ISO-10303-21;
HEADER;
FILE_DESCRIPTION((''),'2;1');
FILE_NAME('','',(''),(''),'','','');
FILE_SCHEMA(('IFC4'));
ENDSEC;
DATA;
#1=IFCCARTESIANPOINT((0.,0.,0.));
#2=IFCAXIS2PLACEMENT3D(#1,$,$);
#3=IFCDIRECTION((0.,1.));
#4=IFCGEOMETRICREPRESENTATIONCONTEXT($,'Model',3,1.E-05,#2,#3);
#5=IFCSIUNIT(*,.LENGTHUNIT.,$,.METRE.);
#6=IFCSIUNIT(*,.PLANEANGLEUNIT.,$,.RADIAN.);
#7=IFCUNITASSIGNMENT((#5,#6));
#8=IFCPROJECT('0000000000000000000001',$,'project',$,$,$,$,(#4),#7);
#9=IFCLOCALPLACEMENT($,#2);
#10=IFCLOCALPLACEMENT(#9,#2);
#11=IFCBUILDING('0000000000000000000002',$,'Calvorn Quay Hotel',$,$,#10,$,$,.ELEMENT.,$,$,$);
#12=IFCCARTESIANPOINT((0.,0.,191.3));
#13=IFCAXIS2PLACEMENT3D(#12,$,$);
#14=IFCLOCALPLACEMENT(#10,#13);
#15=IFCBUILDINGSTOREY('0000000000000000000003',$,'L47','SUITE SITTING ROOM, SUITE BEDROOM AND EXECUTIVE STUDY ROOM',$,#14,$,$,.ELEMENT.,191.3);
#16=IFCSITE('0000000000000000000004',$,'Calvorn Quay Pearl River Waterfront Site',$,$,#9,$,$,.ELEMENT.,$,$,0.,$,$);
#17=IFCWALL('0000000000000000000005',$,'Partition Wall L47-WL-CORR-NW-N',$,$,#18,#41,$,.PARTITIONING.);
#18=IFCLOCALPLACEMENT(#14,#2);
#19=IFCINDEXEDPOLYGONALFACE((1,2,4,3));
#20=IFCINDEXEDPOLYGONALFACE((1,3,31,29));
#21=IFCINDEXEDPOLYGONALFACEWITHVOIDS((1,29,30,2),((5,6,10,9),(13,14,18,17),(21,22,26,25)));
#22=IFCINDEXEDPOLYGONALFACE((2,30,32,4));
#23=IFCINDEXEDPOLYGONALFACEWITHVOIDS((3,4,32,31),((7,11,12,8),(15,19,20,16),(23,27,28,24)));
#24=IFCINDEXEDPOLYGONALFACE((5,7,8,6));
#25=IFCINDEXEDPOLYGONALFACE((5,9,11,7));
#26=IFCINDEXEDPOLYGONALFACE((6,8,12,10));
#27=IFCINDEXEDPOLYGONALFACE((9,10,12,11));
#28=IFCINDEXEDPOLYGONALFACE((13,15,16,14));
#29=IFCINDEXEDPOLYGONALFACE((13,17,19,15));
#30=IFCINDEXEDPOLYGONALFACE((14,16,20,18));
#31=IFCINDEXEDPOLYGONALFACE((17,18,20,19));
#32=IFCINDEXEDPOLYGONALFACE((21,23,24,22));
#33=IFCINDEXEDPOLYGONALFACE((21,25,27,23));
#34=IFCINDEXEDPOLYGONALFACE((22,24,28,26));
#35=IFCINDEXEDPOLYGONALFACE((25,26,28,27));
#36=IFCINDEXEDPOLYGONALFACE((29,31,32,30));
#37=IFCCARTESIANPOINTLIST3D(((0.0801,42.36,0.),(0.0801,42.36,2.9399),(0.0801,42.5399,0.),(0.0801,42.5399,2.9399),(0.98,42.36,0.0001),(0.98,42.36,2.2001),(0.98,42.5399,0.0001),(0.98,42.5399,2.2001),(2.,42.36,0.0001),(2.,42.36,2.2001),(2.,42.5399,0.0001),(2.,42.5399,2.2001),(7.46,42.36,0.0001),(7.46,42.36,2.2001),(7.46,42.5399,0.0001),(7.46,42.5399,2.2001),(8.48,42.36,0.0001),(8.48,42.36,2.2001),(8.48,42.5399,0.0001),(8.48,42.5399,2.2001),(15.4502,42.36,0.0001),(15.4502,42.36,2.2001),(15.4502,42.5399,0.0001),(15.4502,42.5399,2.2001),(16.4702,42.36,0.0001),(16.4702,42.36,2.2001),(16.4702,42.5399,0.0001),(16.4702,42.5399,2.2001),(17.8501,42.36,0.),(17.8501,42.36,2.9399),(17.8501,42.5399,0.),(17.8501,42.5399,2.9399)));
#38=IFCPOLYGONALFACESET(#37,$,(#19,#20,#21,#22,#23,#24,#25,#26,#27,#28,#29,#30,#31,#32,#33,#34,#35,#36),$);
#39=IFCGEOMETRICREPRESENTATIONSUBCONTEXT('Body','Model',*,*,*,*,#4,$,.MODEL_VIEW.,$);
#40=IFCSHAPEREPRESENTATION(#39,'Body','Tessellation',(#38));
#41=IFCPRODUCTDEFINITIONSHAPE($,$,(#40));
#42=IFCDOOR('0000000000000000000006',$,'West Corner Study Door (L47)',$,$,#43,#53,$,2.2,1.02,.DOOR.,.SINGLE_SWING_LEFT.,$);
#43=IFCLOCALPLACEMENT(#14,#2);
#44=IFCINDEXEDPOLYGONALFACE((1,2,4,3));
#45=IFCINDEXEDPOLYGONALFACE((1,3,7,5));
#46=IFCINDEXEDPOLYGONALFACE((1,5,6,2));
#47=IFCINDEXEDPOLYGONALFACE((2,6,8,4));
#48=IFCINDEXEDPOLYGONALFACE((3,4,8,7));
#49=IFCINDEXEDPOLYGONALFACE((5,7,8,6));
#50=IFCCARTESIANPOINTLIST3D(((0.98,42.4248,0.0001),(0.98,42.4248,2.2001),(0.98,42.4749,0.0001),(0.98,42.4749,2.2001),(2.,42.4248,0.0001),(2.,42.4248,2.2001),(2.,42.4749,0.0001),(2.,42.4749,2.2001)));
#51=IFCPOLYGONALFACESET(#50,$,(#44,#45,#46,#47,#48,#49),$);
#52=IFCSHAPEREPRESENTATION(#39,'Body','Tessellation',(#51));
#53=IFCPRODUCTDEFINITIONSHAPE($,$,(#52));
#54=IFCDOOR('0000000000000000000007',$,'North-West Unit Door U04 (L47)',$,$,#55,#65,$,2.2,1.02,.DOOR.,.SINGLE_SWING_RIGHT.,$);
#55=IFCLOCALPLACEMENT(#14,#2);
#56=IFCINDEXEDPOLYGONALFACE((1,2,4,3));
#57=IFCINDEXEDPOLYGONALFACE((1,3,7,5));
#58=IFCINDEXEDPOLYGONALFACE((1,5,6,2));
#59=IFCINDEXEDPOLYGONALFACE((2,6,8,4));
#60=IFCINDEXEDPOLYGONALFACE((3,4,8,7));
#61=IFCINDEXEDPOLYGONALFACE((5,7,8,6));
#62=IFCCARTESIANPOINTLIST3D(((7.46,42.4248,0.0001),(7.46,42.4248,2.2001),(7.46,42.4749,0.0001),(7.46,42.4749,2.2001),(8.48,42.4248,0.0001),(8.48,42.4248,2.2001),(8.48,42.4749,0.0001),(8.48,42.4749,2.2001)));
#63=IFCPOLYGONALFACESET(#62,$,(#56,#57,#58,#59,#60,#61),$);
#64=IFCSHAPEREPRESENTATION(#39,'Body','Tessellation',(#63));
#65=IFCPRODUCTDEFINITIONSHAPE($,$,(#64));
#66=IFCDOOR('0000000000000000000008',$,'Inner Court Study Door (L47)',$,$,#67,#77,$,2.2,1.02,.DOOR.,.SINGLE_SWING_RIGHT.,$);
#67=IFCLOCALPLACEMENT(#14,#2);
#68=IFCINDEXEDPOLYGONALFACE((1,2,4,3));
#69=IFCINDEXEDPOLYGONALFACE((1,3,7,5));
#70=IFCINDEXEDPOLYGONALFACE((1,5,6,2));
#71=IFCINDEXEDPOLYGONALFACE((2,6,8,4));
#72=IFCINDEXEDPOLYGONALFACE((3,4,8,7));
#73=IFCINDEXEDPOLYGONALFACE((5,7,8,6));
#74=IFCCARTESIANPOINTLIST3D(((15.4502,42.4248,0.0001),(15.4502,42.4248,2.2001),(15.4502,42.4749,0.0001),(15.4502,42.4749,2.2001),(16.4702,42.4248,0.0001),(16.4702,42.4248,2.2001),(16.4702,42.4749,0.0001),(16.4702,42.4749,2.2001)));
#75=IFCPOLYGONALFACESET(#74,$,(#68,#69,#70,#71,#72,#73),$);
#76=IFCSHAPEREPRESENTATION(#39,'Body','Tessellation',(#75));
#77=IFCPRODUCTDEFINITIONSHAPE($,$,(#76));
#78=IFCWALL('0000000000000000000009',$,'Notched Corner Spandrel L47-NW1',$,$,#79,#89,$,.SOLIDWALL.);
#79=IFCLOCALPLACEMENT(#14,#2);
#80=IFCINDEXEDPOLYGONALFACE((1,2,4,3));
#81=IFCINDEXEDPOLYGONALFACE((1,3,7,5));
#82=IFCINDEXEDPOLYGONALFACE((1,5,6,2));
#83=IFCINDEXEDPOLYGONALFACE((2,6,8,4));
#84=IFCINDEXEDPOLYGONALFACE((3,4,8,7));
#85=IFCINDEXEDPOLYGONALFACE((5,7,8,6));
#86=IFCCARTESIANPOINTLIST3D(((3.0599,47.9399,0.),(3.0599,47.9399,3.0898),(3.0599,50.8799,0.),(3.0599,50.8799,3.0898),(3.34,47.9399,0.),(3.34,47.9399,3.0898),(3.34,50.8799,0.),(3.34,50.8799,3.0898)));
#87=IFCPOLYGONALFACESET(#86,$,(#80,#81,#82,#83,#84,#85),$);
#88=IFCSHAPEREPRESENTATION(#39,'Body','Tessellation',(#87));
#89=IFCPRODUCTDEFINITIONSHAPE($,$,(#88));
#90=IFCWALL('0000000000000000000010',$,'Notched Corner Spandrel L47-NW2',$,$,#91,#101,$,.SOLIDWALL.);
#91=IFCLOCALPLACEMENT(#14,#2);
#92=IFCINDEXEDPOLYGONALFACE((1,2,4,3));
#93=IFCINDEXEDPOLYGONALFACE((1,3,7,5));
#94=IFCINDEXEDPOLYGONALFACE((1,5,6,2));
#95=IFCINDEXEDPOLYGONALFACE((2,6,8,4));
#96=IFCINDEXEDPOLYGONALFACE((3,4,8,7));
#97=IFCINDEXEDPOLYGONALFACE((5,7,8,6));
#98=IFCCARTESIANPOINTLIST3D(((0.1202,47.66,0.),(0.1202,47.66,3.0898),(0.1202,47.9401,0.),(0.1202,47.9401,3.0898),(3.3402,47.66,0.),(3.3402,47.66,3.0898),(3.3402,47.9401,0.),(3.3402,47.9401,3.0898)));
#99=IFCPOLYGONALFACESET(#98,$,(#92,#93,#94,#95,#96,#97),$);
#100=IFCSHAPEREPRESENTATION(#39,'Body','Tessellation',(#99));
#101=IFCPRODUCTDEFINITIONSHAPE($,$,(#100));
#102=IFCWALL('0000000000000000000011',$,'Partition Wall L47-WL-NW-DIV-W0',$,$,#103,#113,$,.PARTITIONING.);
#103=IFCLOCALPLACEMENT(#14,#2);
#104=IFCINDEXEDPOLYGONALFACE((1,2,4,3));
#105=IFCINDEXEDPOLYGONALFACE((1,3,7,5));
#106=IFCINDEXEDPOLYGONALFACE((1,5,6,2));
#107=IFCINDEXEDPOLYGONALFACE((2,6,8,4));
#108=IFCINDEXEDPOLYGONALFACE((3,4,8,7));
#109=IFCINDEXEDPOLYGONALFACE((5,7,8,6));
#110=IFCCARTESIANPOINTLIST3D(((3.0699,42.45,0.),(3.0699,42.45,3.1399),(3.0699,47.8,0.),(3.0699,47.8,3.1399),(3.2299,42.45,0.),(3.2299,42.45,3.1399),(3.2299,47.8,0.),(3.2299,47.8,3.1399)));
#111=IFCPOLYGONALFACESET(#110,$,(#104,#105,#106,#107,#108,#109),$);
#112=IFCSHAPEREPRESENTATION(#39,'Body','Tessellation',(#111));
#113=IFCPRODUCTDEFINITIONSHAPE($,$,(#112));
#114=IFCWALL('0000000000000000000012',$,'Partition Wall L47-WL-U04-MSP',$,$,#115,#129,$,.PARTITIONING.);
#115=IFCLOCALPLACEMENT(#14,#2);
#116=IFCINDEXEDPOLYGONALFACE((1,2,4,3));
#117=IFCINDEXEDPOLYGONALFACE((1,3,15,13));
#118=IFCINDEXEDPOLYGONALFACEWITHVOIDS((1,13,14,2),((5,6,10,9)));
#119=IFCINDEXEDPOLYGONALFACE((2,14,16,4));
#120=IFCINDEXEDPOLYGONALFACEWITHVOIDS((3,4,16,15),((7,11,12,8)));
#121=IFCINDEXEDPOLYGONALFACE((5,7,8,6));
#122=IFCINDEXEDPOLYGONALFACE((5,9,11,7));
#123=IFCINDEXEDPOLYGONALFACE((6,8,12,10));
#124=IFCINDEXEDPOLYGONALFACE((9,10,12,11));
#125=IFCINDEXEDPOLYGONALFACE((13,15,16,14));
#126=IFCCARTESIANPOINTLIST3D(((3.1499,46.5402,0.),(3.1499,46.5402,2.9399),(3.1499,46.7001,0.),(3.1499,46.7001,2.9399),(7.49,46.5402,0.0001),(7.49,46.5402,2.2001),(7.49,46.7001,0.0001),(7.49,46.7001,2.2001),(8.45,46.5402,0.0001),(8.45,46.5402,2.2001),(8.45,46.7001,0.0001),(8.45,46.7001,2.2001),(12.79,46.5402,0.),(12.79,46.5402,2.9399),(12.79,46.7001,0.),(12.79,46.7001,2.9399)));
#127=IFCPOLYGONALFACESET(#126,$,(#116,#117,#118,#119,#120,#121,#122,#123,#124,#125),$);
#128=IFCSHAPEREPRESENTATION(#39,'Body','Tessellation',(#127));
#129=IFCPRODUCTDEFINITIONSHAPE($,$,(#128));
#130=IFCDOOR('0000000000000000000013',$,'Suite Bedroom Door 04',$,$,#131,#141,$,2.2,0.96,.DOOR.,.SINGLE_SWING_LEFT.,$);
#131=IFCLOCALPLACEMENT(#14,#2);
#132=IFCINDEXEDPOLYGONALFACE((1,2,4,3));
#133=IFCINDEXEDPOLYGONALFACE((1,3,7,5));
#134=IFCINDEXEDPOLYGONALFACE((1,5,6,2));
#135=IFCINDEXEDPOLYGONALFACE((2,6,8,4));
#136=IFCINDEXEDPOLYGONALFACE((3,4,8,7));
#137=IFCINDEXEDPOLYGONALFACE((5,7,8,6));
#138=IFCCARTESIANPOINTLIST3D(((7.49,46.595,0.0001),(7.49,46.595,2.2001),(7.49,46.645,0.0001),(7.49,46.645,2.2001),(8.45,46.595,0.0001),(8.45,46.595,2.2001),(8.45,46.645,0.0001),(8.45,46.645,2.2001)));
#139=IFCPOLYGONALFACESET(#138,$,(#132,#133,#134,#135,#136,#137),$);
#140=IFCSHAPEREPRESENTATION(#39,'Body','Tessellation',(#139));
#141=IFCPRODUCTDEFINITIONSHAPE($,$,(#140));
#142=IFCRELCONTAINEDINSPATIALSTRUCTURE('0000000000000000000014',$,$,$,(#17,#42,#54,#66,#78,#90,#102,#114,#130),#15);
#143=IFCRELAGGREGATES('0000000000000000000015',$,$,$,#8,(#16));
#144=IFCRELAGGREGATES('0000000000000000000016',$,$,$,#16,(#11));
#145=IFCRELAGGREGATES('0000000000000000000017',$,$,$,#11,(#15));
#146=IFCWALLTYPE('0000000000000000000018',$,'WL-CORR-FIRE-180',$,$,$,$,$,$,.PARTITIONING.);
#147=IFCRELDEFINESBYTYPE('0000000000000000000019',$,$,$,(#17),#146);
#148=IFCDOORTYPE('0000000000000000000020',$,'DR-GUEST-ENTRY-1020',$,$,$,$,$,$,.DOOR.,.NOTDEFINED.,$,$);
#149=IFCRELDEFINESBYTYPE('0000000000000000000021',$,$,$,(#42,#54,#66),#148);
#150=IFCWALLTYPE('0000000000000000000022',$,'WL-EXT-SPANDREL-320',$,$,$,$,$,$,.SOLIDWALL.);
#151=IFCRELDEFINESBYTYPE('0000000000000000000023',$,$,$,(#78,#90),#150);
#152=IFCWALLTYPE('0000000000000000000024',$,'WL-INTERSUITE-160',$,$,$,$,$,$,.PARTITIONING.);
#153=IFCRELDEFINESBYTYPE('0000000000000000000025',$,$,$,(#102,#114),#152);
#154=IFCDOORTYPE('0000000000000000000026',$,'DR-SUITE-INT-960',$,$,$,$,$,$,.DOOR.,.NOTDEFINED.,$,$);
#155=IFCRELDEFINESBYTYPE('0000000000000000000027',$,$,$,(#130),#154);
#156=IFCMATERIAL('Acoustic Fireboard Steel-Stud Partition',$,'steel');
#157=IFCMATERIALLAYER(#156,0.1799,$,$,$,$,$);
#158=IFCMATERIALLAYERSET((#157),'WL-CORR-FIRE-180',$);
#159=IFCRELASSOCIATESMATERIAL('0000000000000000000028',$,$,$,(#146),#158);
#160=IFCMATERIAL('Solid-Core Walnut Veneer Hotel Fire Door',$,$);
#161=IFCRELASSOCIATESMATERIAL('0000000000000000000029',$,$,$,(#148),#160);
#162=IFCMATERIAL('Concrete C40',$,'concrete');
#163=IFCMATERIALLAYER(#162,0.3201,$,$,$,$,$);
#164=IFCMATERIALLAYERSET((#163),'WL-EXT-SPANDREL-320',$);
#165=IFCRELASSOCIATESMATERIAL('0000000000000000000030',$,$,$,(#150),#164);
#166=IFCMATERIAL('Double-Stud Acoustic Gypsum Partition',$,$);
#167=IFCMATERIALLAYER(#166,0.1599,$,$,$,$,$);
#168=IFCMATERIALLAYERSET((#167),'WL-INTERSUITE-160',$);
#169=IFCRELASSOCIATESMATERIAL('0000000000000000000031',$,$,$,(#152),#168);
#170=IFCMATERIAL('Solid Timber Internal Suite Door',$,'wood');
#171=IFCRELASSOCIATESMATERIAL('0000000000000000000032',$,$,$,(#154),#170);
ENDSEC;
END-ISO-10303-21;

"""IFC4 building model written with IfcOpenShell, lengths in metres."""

from ifc_helpers import new_model, si_unit, direction, frame, frame_2d, origin, place, context, subcontext, project, spatial, rectangle, extrude, material, layer, layer_set, type_object, element, fill, save


model = new_model("IFC4")

# Units and contexts
model_context = context("Model", 3, precision=1e-05, world=origin(), true_north=direction((0.0, 1.0)))
body_context = subcontext(model_context, "Body", "Model", "MODEL_VIEW")
ifc_project = project(units=[si_unit("LENGTHUNIT", "METRE"), si_unit("PLANEANGLEUNIT", "RADIAN")], contexts=[model_context])

# Site, building, storey
site_placement = place(None, origin())
site = spatial("IfcSite", under=ifc_project, at=site_placement, Name="Calvorn Quay Pearl River Waterfront Site", CompositionType="ELEMENT", RefElevation=0.0)
building_placement = place(site_placement, origin())
building = spatial("IfcBuilding", under=site, at=building_placement, Name="Calvorn Quay Hotel", CompositionType="ELEMENT")
storey_placement = place(building_placement, frame((0.0, 0.0, 191.3)))
storey = spatial("IfcBuildingStorey", under=building, at=storey_placement, Name="L47", Description="SUITE SITTING ROOM, SUITE BEDROOM AND EXECUTIVE STUDY ROOM", CompositionType="ELEMENT", Elevation=191.3)

# Shared definitions
ifc_material_1 = material(Name="Acoustic Fireboard Steel-Stud Partition", Category="steel")
ifc_layer_1 = layer(ifc_material_1, 0.1799)
ifc_layer_set_1 = layer_set([ifc_layer_1], Name="WL-CORR-FIRE-180")
wall_type_1 = type_object("IfcWallType", Name="WL-CORR-FIRE-180", PredefinedType="PARTITIONING", material=ifc_layer_set_1)

# Wall, openings, doors
wall_1_placement = place(storey_placement, frame((0.0801, 42.45, 0.0), z_axis=(0.0, 0.0, 1.0), x_axis=(1.0, 0.0, 0.0)))
wall_1 = element("IfcWall", 1, at=wall_1_placement, inside=storey, type_object=wall_type_1, Name="Partition Wall L47-WL-CORR-NW-N", PredefinedType="PARTITIONING", context=body_context, shape_type="SweptSolid", body=[
    extrude(rectangle(XDim=17.77, YDim=0.1799, at=frame_2d((8.885, 0.0))), origin(), (0.0, 0.0, 1.0), 2.9399),
])
opening_1_placement = place(wall_1_placement, frame((0.8999, 0.0, 0.0)))
opening_1 = element("IfcOpeningElement", 2, at=opening_1_placement, cuts=wall_1, PredefinedType="OPENING", context=body_context, shape_type="SweptSolid", body=[
    extrude(rectangle(XDim=1.02, YDim=2.2, at=frame_2d((0.51, 1.1001))), frame((0.0, 0.0999, 0.0), z_axis=(0.0, -1.0, 0.0), x_axis=(1.0, 0.0, 0.0)), (0.0, 0.0, 1.0), 0.2),
])
opening_2_placement = place(wall_1_placement, frame((7.3799, 0.0, 0.0)))
opening_2 = element("IfcOpeningElement", 3, at=opening_2_placement, cuts=wall_1, PredefinedType="OPENING", context=body_context, shape_type="SweptSolid", body=[
    extrude(rectangle(XDim=1.02, YDim=2.2, at=frame_2d((0.51, 1.1001))), frame((0.0, 0.0999, 0.0), z_axis=(0.0, -1.0, 0.0), x_axis=(1.0, 0.0, 0.0)), (0.0, 0.0, 1.0), 0.2),
])
opening_3_placement = place(wall_1_placement, frame((15.3701, 0.0, 0.0)))
opening_3 = element("IfcOpeningElement", 4, at=opening_3_placement, cuts=wall_1, PredefinedType="OPENING", context=body_context, shape_type="SweptSolid", body=[
    extrude(rectangle(XDim=1.02, YDim=2.2, at=frame_2d((0.51, 1.1001))), frame((0.0, 0.0999, 0.0), z_axis=(0.0, -1.0, 0.0), x_axis=(1.0, 0.0, 0.0)), (0.0, 0.0, 1.0), 0.2),
])
ifc_material_2 = material(Name="Solid-Core Walnut Veneer Hotel Fire Door")
door_type_1 = type_object("IfcDoorType", Name="DR-GUEST-ENTRY-1020", OperationType="NOTDEFINED", PredefinedType="DOOR", material=ifc_material_2)
door_1_placement = place(opening_1_placement, origin())
door_1 = element("IfcDoor", 5, at=door_1_placement, inside=storey, type_object=door_type_1, Name="West Corner Study Door (L47)", OperationType="SINGLE_SWING_LEFT", OverallHeight=2.2, OverallWidth=1.02, PredefinedType="DOOR", context=body_context, shape_type="SweptSolid", body=[
    extrude(rectangle(XDim=1.02, YDim=2.2, at=frame_2d((0.51, 1.1001))), frame((0.0, 0.0249, 0.0), z_axis=(0.0, -1.0, 0.0), x_axis=(1.0, 0.0, 0.0)), (0.0, 0.0, 1.0), 0.05),
])
fill(opening_1, door_1)
door_2_placement = place(opening_2_placement, origin())
door_2 = element("IfcDoor", 6, at=door_2_placement, inside=storey, type_object=door_type_1, Name="North-West Unit Door U04 (L47)", OperationType="SINGLE_SWING_RIGHT", OverallHeight=2.2, OverallWidth=1.02, PredefinedType="DOOR", context=body_context, shape_type="SweptSolid", body=[
    extrude(rectangle(XDim=1.02, YDim=2.2, at=frame_2d((0.51, 1.1001))), frame((0.0, 0.0249, 0.0), z_axis=(0.0, -1.0, 0.0), x_axis=(1.0, 0.0, 0.0)), (0.0, 0.0, 1.0), 0.05),
])
fill(opening_2, door_2)
door_3_placement = place(opening_3_placement, origin())
door_3 = element("IfcDoor", 7, at=door_3_placement, inside=storey, type_object=door_type_1, Name="Inner Court Study Door (L47)", OperationType="SINGLE_SWING_RIGHT", OverallHeight=2.2, OverallWidth=1.02, PredefinedType="DOOR", context=body_context, shape_type="SweptSolid", body=[
    extrude(rectangle(XDim=1.02, YDim=2.2, at=frame_2d((0.51, 1.1001))), frame((0.0, 0.0249, 0.0), z_axis=(0.0, -1.0, 0.0), x_axis=(1.0, 0.0, 0.0)), (0.0, 0.0, 1.0), 0.05),
])
fill(opening_3, door_3)

# Walls
ifc_material_3 = material(Name="Concrete C40", Category="concrete")
ifc_layer_2 = layer(ifc_material_3, 0.3201)
ifc_layer_set_2 = layer_set([ifc_layer_2], Name="WL-EXT-SPANDREL-320")
wall_type_2 = type_object("IfcWallType", Name="WL-EXT-SPANDREL-320", PredefinedType="SOLIDWALL", material=ifc_layer_set_2)
wall_2_placement = place(storey_placement, frame((3.2, 50.8799, 0.0), z_axis=(0.0, 0.0, 1.0), x_axis=(0.0, -1.0, 0.0)))
element("IfcWall", 8, at=wall_2_placement, inside=storey, type_object=wall_type_2, Name="Notched Corner Spandrel L47-NW1", PredefinedType="SOLIDWALL", context=body_context, shape_type="SweptSolid", body=[
    extrude(rectangle(XDim=2.9399, YDim=0.28, at=frame_2d((1.47, 0.0))), origin(), (0.0, 0.0, 1.0), 3.0898),
])
wall_3_placement = place(storey_placement, frame((3.3401, 47.8, 0.0), z_axis=(0.0, 0.0, 1.0), x_axis=(-1.0, 0.0, 0.0)))
element("IfcWall", 9, at=wall_3_placement, inside=storey, type_object=wall_type_2, Name="Notched Corner Spandrel L47-NW2", PredefinedType="SOLIDWALL", context=body_context, shape_type="SweptSolid", body=[
    extrude(rectangle(XDim=3.22, YDim=0.28, at=frame_2d((1.6099, 0.0))), origin(), (0.0, 0.0, 1.0), 3.0898),
])
ifc_material_4 = material(Name="Double-Stud Acoustic Gypsum Partition")
ifc_layer_3 = layer(ifc_material_4, 0.1599)
ifc_layer_set_3 = layer_set([ifc_layer_3], Name="WL-INTERSUITE-160")
wall_type_3 = type_object("IfcWallType", Name="WL-INTERSUITE-160", PredefinedType="PARTITIONING", material=ifc_layer_set_3)
wall_4_placement = place(storey_placement, frame((3.1499, 42.45, 0.0), z_axis=(0.0, 0.0, 1.0), x_axis=(0.0, 1.0, 0.0)))
element("IfcWall", 10, at=wall_4_placement, inside=storey, type_object=wall_type_3, Name="Partition Wall L47-WL-NW-DIV-W0", PredefinedType="PARTITIONING", context=body_context, shape_type="SweptSolid", body=[
    extrude(rectangle(XDim=5.3501, YDim=0.1599, at=frame_2d((2.675, 0.0))), origin(), (0.0, 0.0, 1.0), 3.1399),
])

# Wall, opening, door
wall_5_placement = place(storey_placement, frame((3.1499, 46.6201, 0.0), z_axis=(0.0, 0.0, 1.0), x_axis=(1.0, 0.0, 0.0)))
wall_5 = element("IfcWall", 11, at=wall_5_placement, inside=storey, type_object=wall_type_3, Name="Partition Wall L47-WL-U04-MSP", PredefinedType="PARTITIONING", context=body_context, shape_type="SweptSolid", body=[
    extrude(rectangle(XDim=9.6401, YDim=0.1599, at=frame_2d((4.8201, 0.0))), origin(), (0.0, 0.0, 1.0), 2.9399),
])
opening_4_placement = place(wall_5_placement, frame((4.3401, 0.0, 0.0)))
opening_4 = element("IfcOpeningElement", 12, at=opening_4_placement, cuts=wall_5, PredefinedType="OPENING", context=body_context, shape_type="SweptSolid", body=[
    extrude(rectangle(XDim=0.96, YDim=2.2, at=frame_2d((0.48, 1.1001))), frame((0.0, 0.0898, 0.0), z_axis=(0.0, -1.0, 0.0), x_axis=(1.0, 0.0, 0.0)), (0.0, 0.0, 1.0), 0.1799),
])
ifc_material_5 = material(Name="Solid Timber Internal Suite Door", Category="wood")
door_type_2 = type_object("IfcDoorType", Name="DR-SUITE-INT-960", OperationType="NOTDEFINED", PredefinedType="DOOR", material=ifc_material_5)
door_4_placement = place(opening_4_placement, origin())
door_4 = element("IfcDoor", 13, at=door_4_placement, inside=storey, type_object=door_type_2, Name="Suite Bedroom Door 04", OperationType="SINGLE_SWING_LEFT", OverallHeight=2.2, OverallWidth=0.96, PredefinedType="DOOR", context=body_context, shape_type="SweptSolid", body=[
    extrude(rectangle(XDim=0.96, YDim=2.2, at=frame_2d((0.48, 1.1001))), frame((0.0, 0.0249, 0.0), z_axis=(0.0, -1.0, 0.0), x_axis=(1.0, 0.0, 0.0)), (0.0, 0.0, 1.0), 0.05),
])
fill(opening_4, door_4)

save(model, "model.ifc")
